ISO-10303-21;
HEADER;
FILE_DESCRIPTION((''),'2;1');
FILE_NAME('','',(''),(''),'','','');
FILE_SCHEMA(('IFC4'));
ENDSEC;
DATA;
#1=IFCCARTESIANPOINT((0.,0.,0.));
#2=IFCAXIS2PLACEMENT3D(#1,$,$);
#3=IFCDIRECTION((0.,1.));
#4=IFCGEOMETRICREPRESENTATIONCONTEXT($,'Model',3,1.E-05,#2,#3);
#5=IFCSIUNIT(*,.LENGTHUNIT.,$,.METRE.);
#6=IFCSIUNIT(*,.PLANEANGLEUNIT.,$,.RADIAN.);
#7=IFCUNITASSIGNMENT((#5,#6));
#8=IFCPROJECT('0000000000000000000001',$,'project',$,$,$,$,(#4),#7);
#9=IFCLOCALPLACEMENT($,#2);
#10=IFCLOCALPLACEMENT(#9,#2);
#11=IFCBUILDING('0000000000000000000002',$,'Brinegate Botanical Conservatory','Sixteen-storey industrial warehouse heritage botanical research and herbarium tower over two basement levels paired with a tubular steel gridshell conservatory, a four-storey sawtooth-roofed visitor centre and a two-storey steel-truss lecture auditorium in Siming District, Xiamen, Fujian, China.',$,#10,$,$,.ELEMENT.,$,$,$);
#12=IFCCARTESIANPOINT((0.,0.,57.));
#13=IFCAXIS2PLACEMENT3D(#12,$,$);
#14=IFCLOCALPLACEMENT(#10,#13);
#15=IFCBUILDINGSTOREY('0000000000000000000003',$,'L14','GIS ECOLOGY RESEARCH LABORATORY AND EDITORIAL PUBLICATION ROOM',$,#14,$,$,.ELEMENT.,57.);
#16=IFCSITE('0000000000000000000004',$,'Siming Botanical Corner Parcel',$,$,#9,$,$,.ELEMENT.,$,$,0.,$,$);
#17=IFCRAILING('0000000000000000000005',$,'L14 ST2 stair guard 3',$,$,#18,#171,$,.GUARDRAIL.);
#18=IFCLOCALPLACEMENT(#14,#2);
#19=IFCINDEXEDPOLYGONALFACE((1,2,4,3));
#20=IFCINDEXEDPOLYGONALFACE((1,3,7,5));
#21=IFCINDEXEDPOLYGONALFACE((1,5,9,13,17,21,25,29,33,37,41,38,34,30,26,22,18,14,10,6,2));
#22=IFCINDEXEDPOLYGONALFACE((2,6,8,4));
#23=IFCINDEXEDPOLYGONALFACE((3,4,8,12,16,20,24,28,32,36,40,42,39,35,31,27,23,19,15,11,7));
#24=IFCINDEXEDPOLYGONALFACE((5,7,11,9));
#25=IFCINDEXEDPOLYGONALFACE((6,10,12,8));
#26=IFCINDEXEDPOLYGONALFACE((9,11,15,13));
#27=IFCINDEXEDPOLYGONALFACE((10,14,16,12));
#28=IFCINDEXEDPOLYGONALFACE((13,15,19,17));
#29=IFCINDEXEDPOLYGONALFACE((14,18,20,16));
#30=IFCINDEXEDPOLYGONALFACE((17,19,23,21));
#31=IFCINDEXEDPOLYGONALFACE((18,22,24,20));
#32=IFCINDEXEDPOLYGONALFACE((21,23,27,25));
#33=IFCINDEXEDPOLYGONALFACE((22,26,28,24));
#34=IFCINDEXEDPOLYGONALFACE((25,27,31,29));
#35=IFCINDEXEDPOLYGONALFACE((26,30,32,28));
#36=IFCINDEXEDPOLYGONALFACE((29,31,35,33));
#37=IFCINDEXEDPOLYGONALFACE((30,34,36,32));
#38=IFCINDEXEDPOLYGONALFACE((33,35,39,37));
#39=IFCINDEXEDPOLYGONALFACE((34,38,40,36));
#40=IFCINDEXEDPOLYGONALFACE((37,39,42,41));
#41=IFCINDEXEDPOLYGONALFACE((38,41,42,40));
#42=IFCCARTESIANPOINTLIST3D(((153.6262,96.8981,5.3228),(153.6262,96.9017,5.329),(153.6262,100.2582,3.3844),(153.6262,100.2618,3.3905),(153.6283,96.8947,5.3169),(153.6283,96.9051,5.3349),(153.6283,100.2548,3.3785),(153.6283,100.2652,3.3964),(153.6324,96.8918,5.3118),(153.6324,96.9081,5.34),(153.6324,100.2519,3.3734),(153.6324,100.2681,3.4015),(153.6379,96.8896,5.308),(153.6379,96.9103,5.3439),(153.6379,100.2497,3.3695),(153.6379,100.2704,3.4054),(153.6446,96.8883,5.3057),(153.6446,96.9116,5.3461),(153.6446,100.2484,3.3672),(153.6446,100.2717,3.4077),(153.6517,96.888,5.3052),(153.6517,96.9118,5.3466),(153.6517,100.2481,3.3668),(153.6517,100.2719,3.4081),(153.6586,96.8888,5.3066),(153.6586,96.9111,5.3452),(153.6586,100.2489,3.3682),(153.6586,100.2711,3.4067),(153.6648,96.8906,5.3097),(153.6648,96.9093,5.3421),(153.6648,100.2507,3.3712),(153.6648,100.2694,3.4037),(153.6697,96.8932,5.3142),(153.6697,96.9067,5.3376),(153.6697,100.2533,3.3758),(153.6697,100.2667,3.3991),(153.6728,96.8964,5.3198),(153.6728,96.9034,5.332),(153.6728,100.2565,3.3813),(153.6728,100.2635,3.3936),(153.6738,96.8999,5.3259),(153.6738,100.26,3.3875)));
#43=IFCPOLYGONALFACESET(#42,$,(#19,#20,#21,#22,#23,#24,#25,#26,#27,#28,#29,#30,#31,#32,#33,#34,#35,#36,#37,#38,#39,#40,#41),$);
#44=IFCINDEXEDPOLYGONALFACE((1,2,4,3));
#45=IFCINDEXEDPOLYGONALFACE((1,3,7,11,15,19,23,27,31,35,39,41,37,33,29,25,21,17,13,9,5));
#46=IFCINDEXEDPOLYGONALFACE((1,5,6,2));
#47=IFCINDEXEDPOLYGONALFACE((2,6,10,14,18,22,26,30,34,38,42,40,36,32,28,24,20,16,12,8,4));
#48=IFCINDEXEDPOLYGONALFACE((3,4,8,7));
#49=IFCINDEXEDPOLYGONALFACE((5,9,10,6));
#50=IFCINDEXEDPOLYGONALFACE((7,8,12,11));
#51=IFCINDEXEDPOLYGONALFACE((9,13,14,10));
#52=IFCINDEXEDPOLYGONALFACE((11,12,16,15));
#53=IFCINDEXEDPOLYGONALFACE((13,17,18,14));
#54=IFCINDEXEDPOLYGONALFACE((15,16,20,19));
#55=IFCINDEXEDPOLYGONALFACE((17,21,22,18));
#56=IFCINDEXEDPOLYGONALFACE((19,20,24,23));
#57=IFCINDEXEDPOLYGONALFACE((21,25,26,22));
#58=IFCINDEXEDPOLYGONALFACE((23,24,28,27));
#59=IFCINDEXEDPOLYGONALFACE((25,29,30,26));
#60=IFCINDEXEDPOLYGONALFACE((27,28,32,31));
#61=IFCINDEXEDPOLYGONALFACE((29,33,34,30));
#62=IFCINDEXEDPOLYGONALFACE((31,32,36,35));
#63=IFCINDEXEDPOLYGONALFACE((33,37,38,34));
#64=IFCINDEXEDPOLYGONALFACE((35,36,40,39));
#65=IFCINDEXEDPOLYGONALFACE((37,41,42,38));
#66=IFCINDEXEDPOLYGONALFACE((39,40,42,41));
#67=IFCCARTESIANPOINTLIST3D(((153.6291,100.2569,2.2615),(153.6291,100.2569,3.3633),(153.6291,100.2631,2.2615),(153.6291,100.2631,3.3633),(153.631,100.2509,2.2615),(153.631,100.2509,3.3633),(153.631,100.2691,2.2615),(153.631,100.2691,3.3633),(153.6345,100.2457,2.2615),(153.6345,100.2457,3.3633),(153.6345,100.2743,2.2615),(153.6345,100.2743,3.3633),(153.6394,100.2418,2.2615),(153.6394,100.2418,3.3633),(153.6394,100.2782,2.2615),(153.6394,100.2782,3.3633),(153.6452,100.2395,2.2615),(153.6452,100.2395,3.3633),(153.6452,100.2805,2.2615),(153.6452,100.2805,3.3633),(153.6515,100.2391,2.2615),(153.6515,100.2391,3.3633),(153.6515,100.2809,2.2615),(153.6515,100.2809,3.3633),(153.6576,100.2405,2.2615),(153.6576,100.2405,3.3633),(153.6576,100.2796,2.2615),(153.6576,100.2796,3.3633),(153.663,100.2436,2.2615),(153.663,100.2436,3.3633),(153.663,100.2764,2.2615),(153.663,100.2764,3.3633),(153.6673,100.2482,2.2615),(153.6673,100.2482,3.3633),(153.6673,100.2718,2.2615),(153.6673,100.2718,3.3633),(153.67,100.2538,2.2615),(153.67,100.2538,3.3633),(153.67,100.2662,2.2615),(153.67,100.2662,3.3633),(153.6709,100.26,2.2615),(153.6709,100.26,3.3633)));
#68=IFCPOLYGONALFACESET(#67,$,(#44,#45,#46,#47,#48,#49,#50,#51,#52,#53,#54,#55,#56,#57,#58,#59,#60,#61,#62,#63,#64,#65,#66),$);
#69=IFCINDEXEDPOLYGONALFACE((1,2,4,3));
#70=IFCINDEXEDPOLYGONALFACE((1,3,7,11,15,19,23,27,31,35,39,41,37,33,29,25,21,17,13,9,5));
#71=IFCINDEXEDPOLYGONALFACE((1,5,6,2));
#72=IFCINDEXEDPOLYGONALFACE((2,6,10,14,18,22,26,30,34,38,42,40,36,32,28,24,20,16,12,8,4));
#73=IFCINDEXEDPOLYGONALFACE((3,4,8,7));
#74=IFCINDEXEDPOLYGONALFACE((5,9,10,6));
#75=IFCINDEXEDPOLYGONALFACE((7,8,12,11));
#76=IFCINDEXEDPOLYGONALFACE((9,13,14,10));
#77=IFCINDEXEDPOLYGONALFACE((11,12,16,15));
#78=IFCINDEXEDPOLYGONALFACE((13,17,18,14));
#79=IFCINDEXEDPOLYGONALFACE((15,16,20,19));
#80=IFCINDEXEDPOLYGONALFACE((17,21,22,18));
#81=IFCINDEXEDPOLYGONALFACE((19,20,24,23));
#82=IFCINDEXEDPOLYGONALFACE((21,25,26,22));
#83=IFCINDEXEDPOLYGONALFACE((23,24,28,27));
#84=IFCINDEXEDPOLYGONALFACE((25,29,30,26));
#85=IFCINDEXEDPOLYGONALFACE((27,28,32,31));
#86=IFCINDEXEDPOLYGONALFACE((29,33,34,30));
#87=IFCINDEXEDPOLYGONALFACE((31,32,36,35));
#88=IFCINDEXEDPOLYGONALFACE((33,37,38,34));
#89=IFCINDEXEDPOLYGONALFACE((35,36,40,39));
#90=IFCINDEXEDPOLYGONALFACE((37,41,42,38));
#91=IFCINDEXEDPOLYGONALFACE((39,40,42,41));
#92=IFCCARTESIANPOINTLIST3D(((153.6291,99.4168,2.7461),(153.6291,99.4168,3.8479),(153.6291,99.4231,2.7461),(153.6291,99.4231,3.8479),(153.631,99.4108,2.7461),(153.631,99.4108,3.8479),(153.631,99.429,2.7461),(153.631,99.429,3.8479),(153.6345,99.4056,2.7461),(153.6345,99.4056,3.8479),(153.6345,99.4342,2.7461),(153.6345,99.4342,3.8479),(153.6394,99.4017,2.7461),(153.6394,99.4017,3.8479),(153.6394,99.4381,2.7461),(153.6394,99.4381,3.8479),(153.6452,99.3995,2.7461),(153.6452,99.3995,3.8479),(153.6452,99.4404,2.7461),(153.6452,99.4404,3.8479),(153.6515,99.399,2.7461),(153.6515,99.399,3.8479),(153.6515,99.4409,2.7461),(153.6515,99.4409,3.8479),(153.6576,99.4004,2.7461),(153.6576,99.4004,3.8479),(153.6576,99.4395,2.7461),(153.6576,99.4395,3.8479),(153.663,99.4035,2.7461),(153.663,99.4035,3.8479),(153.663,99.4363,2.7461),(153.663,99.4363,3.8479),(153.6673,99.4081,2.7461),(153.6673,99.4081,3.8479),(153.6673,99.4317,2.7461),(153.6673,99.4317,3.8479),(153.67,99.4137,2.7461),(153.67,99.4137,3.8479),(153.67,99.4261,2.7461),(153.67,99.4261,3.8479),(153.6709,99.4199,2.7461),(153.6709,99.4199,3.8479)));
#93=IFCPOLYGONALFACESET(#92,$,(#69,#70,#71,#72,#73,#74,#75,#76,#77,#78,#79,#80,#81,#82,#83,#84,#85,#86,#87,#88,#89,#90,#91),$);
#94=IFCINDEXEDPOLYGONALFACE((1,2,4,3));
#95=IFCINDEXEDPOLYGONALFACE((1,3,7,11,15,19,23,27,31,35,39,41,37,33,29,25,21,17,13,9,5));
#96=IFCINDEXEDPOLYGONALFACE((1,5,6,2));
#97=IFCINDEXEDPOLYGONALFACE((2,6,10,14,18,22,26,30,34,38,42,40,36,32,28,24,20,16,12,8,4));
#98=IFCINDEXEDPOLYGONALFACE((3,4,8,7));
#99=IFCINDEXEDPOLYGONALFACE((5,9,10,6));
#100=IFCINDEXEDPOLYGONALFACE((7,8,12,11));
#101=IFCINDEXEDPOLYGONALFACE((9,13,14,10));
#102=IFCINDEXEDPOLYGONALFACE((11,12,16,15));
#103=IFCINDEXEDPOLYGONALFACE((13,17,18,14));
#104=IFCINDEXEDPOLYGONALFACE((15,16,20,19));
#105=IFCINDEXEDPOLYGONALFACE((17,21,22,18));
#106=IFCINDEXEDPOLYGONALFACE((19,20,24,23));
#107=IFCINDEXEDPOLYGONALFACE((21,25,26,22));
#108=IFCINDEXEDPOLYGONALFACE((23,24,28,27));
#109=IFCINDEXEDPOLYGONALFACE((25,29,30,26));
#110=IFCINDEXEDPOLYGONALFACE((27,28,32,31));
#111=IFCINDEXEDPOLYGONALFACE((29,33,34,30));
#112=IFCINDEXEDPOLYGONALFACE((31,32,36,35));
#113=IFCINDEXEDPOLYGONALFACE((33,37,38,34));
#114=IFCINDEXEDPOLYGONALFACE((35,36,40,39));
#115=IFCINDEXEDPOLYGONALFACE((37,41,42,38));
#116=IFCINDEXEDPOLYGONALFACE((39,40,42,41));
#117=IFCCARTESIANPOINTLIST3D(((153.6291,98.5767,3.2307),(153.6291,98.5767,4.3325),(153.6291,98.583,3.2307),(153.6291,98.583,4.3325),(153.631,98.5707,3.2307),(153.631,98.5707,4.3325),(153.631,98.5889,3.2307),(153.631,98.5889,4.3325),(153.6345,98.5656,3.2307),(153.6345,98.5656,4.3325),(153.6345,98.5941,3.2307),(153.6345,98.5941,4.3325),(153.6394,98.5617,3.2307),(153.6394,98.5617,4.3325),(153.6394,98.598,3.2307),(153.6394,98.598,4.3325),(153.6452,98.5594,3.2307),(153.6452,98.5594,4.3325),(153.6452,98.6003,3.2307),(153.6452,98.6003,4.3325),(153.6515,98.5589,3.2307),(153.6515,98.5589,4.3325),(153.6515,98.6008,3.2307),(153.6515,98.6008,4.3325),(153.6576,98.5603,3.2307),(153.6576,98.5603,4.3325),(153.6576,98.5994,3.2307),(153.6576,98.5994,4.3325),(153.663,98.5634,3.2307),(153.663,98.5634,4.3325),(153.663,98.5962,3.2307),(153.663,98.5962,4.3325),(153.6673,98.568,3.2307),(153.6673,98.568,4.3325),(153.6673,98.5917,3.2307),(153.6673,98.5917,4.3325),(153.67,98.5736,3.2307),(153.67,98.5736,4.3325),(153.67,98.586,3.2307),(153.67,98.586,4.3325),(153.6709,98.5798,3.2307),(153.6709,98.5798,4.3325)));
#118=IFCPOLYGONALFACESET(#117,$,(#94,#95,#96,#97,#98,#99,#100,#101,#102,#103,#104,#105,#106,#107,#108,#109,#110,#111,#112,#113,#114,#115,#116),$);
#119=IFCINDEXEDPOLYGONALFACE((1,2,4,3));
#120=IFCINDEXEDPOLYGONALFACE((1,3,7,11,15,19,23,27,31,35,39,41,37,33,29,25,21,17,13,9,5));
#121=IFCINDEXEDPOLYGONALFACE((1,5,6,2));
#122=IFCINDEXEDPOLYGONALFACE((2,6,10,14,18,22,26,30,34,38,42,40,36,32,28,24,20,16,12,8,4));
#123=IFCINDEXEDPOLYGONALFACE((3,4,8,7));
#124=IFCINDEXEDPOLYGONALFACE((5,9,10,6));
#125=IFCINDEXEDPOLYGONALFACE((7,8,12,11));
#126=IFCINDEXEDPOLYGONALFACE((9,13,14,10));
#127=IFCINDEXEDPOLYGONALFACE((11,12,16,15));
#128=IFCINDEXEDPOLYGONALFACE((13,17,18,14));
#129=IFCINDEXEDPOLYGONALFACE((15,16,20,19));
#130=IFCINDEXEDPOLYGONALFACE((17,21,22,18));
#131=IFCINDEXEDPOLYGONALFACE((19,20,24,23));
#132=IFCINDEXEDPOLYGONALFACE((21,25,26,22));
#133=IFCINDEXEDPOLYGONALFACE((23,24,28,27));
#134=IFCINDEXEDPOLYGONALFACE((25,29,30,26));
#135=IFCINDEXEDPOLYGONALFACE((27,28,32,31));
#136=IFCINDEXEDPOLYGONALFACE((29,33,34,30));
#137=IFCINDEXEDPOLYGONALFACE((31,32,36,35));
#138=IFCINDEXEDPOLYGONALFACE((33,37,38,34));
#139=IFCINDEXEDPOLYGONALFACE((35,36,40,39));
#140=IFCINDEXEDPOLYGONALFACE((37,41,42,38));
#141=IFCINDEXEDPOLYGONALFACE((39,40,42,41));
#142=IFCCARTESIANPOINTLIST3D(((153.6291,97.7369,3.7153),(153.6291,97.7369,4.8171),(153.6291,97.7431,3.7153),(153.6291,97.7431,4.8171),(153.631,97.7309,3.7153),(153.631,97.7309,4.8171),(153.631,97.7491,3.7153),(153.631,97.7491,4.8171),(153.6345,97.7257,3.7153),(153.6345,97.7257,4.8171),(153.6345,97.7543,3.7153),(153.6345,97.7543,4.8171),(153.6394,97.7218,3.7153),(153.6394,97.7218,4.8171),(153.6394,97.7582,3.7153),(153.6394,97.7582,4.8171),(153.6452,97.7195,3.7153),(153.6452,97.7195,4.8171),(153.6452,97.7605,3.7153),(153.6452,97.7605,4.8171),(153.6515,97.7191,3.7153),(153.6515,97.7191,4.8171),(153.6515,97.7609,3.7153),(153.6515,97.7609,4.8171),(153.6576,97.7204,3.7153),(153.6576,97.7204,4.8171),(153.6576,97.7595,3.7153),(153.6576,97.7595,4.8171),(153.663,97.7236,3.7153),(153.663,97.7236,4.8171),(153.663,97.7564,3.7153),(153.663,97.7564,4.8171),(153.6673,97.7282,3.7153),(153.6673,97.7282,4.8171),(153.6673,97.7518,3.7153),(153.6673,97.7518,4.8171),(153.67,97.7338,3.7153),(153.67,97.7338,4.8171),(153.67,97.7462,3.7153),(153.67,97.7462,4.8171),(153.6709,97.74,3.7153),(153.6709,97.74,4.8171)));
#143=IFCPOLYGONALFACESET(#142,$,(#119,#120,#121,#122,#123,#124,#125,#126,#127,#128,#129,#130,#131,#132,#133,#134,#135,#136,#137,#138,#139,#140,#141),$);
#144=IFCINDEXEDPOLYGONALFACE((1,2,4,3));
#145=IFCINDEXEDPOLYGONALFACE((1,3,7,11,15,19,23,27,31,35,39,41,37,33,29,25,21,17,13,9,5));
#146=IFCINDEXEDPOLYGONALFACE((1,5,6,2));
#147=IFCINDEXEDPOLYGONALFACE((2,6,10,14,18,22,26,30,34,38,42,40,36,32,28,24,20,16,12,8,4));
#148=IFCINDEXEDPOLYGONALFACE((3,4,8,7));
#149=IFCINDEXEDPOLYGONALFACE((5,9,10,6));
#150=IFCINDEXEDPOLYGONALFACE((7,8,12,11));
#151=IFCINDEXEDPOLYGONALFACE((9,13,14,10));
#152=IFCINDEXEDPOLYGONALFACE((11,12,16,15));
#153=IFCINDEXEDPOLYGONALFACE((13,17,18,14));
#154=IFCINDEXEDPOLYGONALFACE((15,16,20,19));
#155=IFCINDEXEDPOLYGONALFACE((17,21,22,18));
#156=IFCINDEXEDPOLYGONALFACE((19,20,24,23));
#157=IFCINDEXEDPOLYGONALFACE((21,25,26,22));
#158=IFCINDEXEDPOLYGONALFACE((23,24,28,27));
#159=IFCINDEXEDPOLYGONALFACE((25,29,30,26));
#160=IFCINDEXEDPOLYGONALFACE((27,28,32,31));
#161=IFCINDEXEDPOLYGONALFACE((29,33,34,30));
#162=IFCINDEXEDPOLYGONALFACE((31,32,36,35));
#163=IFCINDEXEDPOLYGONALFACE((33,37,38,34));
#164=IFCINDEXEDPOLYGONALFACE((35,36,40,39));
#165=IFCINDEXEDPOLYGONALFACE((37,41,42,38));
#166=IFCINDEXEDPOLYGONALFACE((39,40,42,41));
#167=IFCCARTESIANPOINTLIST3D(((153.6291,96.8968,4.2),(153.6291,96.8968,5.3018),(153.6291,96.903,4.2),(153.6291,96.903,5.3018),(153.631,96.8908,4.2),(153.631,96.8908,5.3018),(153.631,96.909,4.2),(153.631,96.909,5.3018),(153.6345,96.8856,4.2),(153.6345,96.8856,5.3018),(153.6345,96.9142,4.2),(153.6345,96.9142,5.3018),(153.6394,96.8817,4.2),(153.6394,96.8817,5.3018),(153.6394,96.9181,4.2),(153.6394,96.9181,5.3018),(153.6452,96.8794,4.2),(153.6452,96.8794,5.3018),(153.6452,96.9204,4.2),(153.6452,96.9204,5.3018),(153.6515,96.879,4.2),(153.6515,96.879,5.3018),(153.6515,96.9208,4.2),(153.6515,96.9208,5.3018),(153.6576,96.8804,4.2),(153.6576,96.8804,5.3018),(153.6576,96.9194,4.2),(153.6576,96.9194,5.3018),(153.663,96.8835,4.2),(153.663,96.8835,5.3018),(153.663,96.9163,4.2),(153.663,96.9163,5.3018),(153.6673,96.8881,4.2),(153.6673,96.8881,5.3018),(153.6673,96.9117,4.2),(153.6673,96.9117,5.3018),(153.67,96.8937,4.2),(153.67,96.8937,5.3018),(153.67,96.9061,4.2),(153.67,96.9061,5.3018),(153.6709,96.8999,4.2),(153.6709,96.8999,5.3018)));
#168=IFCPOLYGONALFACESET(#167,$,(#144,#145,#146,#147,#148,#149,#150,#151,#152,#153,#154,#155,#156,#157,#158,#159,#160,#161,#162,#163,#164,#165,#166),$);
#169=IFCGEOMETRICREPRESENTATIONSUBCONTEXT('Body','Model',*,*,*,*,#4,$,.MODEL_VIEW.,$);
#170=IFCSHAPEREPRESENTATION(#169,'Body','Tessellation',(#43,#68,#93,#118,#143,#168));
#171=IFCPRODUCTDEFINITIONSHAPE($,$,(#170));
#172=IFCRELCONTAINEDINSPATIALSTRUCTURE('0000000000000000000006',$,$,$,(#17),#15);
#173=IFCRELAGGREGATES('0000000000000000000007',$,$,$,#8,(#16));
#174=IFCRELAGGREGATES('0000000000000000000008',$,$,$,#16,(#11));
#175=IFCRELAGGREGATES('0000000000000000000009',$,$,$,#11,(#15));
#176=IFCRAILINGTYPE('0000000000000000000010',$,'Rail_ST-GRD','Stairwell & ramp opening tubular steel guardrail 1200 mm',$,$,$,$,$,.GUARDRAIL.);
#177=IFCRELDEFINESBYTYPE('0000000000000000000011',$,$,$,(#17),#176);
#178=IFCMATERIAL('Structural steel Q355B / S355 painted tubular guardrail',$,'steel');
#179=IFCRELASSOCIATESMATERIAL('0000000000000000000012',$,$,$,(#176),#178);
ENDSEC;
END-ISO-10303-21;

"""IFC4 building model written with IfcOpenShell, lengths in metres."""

from ifc_helpers import new_model, si_unit, direction, frame, origin, origin_2d, place, context, subcontext, project, spatial, circle, extrude, material, type_object, element, save


model = new_model("IFC4")

# Units and contexts
model_context = context("Model", 3, precision=1e-05, world=origin(), true_north=direction((0.0, 1.0)))
body_context = subcontext(model_context, "Body", "Model", "MODEL_VIEW")
ifc_project = project(units=[si_unit("LENGTHUNIT", "METRE"), si_unit("PLANEANGLEUNIT", "RADIAN")], contexts=[model_context])

# Site, building, storey
site_placement = place(None, origin())
site = spatial("IfcSite", under=ifc_project, at=site_placement, Name="Siming Botanical Corner Parcel", CompositionType="ELEMENT", RefElevation=0.0)
building_placement = place(site_placement, origin())
building = spatial("IfcBuilding", under=site, at=building_placement, Name="Brinegate Botanical Conservatory", Description="Sixteen-storey industrial warehouse heritage botanical research and herbarium tower over two basement levels paired with a tubular steel gridshell conservatory, a four-storey sawtooth-roofed visitor centre and a two-storey steel-truss lecture auditorium in Siming District, Xiamen, Fujian, China.", CompositionType="ELEMENT")
storey_placement = place(building_placement, frame((0.0, 0.0, 57.0)))
storey = spatial("IfcBuildingStorey", under=building, at=storey_placement, Name="L14", Description="GIS ECOLOGY RESEARCH LABORATORY AND EDITORIAL PUBLICATION ROOM", CompositionType="ELEMENT", Elevation=57.0)

# Railing
ifc_material_1 = material(Name="Structural steel Q355B / S355 painted tubular guardrail", Category="steel")
railing_type_1 = type_object("IfcRailingType", Name="Rail_ST-GRD", Description="Stairwell & ramp opening tubular steel guardrail 1200 mm", PredefinedType="GUARDRAIL", material=ifc_material_1)
railing_1_placement = place(storey_placement, frame((153.6499, 100.26, 2.2615)))
element("IfcRailing", 1, at=railing_1_placement, inside=storey, type_object=railing_type_1, Name="L14 ST2 stair guard 3", PredefinedType="GUARDRAIL", context=body_context, shape_type="SweptSolid", body=[
    extrude(circle(Radius=0.0239, at=origin_2d()), frame((0.0, 0.0, 1.126), z_axis=(0.0, -0.866191, 0.499713), x_axis=(1.0, 0.0, 0.0)), (0.0, 0.0, 1.0), 3.8792),
    extrude(circle(Radius=0.021, at=origin_2d()), origin(), (0.0, 0.0, 1.0), 1.1018),
    extrude(circle(Radius=0.021, at=origin_2d()), frame((0.0, -0.8401, 0.4846)), (0.0, 0.0, 1.0), 1.1018),
    extrude(circle(Radius=0.021, at=origin_2d()), frame((0.0, -1.6802, 0.9692)), (0.0, 0.0, 1.0), 1.1018),
    extrude(circle(Radius=0.021, at=origin_2d()), frame((0.0, -2.52, 1.4539)), (0.0, 0.0, 1.0), 1.1018),
    extrude(circle(Radius=0.021, at=origin_2d()), frame((0.0, -3.3601, 1.9385)), (0.0, 0.0, 1.0), 1.1018),
])

save(model, "model.ifc")
